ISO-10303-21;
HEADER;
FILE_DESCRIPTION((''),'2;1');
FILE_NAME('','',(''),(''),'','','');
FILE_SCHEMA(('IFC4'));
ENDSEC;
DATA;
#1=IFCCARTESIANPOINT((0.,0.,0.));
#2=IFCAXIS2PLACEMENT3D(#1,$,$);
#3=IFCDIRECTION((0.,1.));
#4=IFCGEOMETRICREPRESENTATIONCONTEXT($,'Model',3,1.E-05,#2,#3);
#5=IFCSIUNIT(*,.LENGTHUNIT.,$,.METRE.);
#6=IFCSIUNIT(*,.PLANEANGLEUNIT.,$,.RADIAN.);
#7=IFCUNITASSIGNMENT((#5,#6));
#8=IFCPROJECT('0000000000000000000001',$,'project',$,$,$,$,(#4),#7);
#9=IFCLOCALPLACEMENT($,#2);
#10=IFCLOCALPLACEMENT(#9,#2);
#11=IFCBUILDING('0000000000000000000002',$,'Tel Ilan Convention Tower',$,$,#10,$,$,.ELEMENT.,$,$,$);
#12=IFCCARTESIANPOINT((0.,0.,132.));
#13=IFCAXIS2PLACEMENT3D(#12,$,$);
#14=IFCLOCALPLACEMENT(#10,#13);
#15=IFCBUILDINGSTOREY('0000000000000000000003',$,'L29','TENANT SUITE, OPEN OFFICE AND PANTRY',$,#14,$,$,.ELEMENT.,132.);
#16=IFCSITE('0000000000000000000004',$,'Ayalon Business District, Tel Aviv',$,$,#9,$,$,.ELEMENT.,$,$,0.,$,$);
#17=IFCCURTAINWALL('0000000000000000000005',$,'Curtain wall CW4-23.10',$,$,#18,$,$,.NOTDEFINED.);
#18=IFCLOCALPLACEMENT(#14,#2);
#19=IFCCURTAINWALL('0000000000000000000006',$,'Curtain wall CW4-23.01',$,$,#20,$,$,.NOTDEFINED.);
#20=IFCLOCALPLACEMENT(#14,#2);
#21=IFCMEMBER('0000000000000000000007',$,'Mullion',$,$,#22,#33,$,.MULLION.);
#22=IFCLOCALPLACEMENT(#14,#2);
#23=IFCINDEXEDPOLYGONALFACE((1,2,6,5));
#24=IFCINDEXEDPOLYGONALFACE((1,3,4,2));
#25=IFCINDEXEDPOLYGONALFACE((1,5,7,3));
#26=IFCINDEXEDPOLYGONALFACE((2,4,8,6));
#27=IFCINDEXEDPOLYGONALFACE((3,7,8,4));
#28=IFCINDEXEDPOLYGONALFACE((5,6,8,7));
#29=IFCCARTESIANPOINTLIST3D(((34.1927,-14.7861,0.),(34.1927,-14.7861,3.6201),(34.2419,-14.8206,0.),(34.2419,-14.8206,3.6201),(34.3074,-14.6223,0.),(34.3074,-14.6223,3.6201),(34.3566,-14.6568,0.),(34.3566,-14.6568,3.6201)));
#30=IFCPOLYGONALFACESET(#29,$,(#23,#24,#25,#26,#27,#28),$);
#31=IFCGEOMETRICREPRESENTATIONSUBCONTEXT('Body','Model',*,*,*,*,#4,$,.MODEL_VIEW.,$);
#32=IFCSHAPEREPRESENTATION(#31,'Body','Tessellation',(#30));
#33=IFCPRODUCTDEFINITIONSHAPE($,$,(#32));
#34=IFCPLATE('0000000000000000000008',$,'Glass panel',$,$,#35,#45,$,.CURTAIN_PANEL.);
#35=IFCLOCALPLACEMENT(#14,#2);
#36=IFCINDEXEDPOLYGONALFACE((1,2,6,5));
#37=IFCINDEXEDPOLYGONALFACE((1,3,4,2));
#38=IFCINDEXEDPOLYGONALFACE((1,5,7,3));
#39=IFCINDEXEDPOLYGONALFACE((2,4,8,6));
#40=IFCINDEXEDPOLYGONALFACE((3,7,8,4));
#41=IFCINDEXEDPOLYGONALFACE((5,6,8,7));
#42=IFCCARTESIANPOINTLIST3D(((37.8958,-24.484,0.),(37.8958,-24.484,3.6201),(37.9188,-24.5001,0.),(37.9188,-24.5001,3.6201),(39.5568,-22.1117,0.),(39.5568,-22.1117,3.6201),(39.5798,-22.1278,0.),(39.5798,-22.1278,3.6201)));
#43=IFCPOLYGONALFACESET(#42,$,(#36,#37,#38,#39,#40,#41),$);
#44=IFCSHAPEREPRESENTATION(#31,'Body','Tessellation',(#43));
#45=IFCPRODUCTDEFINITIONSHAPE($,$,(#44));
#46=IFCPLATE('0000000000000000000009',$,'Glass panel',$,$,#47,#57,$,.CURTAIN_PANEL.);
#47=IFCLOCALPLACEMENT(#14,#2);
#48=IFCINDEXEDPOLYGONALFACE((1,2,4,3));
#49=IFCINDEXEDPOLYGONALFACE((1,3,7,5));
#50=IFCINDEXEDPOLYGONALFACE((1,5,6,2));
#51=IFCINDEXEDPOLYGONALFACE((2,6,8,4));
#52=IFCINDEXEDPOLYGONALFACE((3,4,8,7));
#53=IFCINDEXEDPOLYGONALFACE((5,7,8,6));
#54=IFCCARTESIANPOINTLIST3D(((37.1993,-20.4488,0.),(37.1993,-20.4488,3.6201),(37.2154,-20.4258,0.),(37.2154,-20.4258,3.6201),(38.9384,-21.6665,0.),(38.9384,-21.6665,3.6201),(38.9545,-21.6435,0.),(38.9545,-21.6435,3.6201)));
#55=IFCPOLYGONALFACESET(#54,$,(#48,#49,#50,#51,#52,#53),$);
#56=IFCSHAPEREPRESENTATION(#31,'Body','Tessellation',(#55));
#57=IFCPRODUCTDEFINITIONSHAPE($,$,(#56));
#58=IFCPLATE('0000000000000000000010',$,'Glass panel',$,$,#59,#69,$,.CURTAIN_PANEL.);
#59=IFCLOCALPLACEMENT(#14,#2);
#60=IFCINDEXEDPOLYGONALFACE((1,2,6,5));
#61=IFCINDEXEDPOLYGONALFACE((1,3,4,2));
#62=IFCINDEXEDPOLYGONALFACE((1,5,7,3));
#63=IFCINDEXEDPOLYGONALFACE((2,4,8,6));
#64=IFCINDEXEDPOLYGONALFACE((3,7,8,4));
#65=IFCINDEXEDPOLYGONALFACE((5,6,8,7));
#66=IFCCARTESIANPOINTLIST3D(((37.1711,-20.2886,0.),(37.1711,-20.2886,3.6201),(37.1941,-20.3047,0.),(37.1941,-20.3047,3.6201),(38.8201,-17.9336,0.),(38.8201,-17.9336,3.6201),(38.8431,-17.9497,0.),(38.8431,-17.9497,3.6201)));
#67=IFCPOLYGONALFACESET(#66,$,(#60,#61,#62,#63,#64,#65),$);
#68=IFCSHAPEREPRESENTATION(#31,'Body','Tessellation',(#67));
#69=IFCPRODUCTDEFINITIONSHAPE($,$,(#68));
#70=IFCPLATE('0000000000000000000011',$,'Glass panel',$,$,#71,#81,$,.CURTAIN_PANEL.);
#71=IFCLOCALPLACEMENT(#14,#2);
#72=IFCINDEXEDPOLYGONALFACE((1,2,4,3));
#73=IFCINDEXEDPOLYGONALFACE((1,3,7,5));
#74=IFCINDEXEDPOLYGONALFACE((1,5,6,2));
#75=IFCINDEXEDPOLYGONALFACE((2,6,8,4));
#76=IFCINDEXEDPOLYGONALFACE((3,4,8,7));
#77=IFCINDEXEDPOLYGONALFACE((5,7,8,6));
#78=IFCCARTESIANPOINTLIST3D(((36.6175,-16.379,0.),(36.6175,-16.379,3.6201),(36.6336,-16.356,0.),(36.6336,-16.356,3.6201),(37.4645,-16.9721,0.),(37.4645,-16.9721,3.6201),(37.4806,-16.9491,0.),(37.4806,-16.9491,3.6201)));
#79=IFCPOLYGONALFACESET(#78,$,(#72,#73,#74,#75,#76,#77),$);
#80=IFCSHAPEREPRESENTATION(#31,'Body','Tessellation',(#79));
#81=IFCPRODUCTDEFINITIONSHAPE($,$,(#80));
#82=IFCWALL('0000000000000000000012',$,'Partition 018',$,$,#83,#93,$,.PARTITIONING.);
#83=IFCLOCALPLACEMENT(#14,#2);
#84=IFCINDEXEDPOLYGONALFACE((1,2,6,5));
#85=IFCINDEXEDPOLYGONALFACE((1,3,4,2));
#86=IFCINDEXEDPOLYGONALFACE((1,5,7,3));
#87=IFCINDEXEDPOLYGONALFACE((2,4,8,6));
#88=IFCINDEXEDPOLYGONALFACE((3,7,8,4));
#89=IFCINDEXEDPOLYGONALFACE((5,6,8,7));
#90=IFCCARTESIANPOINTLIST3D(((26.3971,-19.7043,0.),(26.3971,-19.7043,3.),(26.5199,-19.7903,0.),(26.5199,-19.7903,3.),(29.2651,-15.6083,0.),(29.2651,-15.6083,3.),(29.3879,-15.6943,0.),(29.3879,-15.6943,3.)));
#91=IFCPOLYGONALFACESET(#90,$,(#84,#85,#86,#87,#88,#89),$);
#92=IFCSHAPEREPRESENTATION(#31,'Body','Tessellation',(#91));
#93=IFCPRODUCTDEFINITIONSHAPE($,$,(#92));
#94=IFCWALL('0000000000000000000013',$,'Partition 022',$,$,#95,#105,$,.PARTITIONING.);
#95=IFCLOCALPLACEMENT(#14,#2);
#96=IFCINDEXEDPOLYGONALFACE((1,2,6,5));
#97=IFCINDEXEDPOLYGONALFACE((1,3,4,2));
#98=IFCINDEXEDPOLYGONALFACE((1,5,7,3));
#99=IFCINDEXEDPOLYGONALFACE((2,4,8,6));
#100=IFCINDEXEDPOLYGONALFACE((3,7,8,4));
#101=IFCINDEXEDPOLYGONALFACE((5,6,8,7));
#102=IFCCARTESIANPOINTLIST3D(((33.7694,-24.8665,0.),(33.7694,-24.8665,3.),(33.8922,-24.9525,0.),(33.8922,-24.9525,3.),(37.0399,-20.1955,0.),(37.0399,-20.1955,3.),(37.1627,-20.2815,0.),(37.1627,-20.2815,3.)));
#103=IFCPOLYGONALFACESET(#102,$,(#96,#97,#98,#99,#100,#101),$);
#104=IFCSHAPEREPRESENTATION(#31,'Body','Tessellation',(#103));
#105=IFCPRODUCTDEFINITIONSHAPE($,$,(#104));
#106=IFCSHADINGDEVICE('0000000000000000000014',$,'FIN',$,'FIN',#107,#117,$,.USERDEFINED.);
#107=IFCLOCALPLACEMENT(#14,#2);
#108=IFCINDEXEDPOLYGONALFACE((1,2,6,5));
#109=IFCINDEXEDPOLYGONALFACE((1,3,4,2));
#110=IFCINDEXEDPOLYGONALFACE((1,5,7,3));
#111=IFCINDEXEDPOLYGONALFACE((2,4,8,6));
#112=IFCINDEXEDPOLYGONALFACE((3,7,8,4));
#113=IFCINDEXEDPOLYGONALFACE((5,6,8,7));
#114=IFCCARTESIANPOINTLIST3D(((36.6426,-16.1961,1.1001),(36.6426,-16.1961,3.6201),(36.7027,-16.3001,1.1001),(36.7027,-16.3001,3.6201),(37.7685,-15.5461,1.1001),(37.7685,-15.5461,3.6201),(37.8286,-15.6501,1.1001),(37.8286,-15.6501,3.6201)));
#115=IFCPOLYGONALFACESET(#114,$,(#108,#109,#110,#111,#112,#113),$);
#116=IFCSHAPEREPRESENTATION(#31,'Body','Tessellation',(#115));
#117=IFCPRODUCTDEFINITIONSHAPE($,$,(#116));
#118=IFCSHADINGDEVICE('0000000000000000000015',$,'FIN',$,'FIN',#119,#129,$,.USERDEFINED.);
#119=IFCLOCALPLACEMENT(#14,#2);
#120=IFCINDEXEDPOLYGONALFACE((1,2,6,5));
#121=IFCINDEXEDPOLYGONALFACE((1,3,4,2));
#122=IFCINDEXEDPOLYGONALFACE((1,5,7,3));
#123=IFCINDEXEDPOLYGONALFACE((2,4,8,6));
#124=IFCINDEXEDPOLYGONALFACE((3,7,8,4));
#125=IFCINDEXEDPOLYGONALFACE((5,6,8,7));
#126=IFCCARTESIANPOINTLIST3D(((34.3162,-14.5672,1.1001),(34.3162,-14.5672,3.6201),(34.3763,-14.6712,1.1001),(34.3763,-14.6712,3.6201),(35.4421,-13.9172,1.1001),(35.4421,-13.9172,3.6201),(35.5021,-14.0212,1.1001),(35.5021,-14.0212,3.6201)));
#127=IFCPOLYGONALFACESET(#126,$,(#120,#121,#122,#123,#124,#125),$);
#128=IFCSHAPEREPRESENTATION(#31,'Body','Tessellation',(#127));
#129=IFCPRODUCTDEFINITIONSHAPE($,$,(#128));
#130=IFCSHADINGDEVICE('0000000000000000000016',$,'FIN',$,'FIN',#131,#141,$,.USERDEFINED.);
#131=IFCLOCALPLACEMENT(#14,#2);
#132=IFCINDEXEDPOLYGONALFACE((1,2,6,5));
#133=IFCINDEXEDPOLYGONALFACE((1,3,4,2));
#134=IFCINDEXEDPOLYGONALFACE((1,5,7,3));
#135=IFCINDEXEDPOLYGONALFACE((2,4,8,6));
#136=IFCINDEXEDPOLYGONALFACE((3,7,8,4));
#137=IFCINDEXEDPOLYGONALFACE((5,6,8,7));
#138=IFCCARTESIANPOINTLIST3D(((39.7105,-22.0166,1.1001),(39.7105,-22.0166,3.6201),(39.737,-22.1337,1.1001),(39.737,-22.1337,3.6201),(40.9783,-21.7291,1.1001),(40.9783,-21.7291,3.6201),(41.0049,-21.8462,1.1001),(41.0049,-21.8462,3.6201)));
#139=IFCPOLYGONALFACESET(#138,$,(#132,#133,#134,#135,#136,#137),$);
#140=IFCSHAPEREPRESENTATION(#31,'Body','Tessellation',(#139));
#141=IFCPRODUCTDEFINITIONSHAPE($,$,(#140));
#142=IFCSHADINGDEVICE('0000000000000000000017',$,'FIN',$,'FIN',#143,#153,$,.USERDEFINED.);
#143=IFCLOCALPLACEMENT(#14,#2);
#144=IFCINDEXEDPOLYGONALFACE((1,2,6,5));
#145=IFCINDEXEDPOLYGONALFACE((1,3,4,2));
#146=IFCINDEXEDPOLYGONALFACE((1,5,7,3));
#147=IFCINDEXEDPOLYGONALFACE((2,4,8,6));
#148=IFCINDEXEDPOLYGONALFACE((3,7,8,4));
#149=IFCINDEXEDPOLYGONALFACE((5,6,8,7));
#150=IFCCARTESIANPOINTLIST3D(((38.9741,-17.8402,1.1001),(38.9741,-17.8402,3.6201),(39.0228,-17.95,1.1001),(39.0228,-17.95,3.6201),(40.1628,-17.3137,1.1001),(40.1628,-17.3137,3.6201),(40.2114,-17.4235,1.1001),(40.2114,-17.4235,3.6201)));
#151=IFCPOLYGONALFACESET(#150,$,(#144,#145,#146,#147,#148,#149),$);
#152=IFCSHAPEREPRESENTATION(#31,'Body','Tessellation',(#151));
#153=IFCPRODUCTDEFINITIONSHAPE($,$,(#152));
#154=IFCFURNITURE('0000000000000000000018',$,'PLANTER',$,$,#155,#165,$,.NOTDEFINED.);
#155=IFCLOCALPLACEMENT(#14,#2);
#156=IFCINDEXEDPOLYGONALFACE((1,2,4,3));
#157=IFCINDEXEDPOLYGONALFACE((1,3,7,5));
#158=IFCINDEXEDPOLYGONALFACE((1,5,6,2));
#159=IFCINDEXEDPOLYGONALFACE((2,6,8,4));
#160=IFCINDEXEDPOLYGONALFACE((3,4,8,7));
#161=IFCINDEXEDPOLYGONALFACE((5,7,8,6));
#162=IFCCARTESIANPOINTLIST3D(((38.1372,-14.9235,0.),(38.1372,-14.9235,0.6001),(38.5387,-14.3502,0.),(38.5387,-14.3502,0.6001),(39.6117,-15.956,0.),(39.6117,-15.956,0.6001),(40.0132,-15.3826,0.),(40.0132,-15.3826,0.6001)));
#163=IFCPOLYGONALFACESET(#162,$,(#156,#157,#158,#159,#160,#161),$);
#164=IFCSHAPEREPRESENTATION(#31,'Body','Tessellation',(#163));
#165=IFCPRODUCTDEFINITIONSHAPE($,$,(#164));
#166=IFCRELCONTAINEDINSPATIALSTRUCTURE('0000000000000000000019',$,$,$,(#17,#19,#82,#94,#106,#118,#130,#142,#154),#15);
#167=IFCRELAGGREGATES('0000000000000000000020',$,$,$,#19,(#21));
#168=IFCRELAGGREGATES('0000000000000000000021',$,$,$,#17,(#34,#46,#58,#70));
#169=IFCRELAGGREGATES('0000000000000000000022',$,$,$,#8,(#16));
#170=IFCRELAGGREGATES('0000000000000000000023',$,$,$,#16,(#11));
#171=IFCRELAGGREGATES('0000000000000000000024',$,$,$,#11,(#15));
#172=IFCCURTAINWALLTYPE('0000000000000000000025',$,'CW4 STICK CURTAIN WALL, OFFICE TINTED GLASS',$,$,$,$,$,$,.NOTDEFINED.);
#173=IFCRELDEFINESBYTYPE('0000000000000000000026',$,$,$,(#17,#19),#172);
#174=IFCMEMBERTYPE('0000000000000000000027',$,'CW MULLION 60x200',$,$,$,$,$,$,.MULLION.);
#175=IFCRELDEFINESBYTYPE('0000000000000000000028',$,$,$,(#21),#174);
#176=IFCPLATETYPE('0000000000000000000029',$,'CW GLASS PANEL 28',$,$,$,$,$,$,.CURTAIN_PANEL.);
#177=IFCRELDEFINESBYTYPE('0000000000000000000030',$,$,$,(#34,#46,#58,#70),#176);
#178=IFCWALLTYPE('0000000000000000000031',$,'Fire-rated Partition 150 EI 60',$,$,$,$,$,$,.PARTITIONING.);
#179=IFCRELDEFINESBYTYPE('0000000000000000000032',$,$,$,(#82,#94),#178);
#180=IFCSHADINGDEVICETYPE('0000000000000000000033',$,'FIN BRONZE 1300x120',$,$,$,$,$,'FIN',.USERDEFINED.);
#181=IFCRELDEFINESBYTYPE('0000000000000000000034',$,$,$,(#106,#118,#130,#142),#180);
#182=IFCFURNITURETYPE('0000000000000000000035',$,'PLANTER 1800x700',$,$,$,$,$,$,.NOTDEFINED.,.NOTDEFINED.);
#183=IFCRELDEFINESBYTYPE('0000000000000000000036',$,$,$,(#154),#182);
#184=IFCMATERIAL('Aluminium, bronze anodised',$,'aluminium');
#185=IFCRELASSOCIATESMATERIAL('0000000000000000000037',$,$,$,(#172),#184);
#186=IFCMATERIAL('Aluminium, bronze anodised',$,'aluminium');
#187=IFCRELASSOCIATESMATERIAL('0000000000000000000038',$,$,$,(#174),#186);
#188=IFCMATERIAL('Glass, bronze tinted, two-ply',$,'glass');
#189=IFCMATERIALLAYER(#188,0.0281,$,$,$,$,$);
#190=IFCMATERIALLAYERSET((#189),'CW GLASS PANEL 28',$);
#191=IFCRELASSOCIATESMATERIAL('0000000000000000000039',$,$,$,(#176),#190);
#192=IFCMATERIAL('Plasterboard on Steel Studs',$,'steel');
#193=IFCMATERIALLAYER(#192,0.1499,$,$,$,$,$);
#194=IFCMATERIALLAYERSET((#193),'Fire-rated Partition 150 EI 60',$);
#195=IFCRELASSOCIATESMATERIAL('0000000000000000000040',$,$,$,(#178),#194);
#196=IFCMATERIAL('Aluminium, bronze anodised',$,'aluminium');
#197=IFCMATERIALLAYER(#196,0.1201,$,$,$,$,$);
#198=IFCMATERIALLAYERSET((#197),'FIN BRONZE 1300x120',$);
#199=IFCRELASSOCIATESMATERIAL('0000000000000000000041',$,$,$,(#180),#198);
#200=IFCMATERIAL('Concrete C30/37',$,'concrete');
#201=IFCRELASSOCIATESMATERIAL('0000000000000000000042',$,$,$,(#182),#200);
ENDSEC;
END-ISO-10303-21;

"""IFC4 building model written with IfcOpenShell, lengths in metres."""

from ifc_helpers import new_model, si_unit, direction, frame, frame_2d, origin, origin_2d, place, context, subcontext, project, spatial, rectangle, extrude, material, layer, layer_set, material_profile, profile_set, type_object, element, aggregate, save


model = new_model("IFC4")

# Units and contexts
model_context = context("Model", 3, precision=1e-05, world=origin(), true_north=direction((0.0, 1.0)))
body_context = subcontext(model_context, "Body", "Model", "MODEL_VIEW")
ifc_project = project(units=[si_unit("LENGTHUNIT", "METRE"), si_unit("PLANEANGLEUNIT", "RADIAN")], contexts=[model_context])

# Site, building, storey
site_placement = place(None, origin())
site = spatial("IfcSite", under=ifc_project, at=site_placement, Name="Ayalon Business District, Tel Aviv", CompositionType="ELEMENT", RefElevation=0.0)
building_placement = place(site_placement, origin())
building = spatial("IfcBuilding", under=site, at=building_placement, Name="Tel Ilan Convention Tower", CompositionType="ELEMENT")
storey_placement = place(building_placement, frame((0.0, 0.0, 132.0)))
storey = spatial("IfcBuildingStorey", under=building, at=storey_placement, Name="L29", Description="TENANT SUITE, OPEN OFFICE AND PANTRY", CompositionType="ELEMENT", Elevation=132.0)

# Curtain walls, member
ifc_material_1 = material(Name="Aluminium, bronze anodised", Category="aluminium")
curtain_wall_type = type_object("IfcCurtainWallType", Name="CW4 STICK CURTAIN WALL, OFFICE TINTED GLASS", PredefinedType="NOTDEFINED", material=ifc_material_1)
curtain_wall_1_placement = place(storey_placement, origin())
curtain_wall_1 = element("IfcCurtainWall", 1, at=curtain_wall_1_placement, inside=storey, type_object=curtain_wall_type, Name="Curtain wall CW4-23.10", PredefinedType="NOTDEFINED")
curtain_wall_2_placement = place(storey_placement, origin())
curtain_wall_2 = element("IfcCurtainWall", 2, at=curtain_wall_2_placement, inside=storey, type_object=curtain_wall_type, Name="Curtain wall CW4-23.01", PredefinedType="NOTDEFINED")
ifc_material_2 = material(Name="Aluminium, bronze anodised", Category="aluminium")
ifc_material_profile_1 = material_profile(ifc_material_2, rectangle(XDim=0.0601, YDim=0.2, at=origin_2d()), Name="CW MULLION 60x200")
ifc_profile_set_1 = profile_set([ifc_material_profile_1], Name="Aluminium, bronze anodised")
member_type_1 = type_object("IfcMemberType", Name="CW MULLION 60x200", PredefinedType="MULLION", material=ifc_profile_set_1)
member_1_placement = place(storey_placement, frame((34.2747, -14.7214, 0.0), z_axis=(0.0, 0.0, 1.0), x_axis=(-0.819152, 0.573576, 0.0)))
member_1 = element("IfcMember", 3, at=member_1_placement, type_object=member_type_1, Name="Mullion", PredefinedType="MULLION", context=body_context, shape_type="SweptSolid", body=[
    extrude(rectangle(XDim=0.0601, YDim=0.2, at=origin_2d()), origin(), (0.0, 0.0, 1.0), 3.6201),
])
aggregate(curtain_wall_2, [member_1])

# Plates
ifc_material_3 = material(Name="Glass, bronze tinted, two-ply", Category="glass")
ifc_layer_1 = layer(ifc_material_3, 0.0281)
ifc_layer_set_1 = layer_set([ifc_layer_1], Name="CW GLASS PANEL 28")
plate_type = type_object("IfcPlateType", Name="CW GLASS PANEL 28", PredefinedType="CURTAIN_PANEL", material=ifc_layer_set_1)
plate_1_placement = place(storey_placement, frame((38.7378, -23.3059, 0.0), z_axis=(0.0, 0.0, 1.0), x_axis=(0.573576, 0.819152, 0.0)))
plate_1 = element("IfcPlate", 4, at=plate_1_placement, type_object=plate_type, Name="Glass panel", PredefinedType="CURTAIN_PANEL", context=body_context, shape_type="SweptSolid", body=[
    extrude(rectangle(XDim=2.896, YDim=0.0281, at=origin_2d()), origin(), (0.0, 0.0, 1.0), 3.6201),
])
plate_2_placement = place(storey_placement, frame((38.0769, -21.0461, 0.0), z_axis=(0.0, 0.0, 1.0), x_axis=(-0.819152, 0.573576, 0.0)))
plate_2 = element("IfcPlate", 5, at=plate_2_placement, type_object=plate_type, Name="Glass panel", PredefinedType="CURTAIN_PANEL", context=body_context, shape_type="SweptSolid", body=[
    extrude(rectangle(XDim=2.123, YDim=0.0281, at=origin_2d()), origin(), (0.0, 0.0, 1.0), 3.6201),
])
plate_3_placement = place(storey_placement, frame((38.0071, -19.1191, 0.0), z_axis=(0.0, 0.0, 1.0), x_axis=(0.573576, 0.819152, 0.0)))
plate_3 = element("IfcPlate", 6, at=plate_3_placement, type_object=plate_type, Name="Glass panel", PredefinedType="CURTAIN_PANEL", context=body_context, shape_type="SweptSolid", body=[
    extrude(rectangle(XDim=2.875, YDim=0.0281, at=origin_2d()), origin(), (0.0, 0.0, 1.0), 3.6201),
])
plate_4_placement = place(storey_placement, frame((37.0491, -16.6641, 0.0), z_axis=(0.0, 0.0, 1.0), x_axis=(-0.819152, 0.573576, 0.0)))
plate_4 = element("IfcPlate", 7, at=plate_4_placement, type_object=plate_type, Name="Glass panel", PredefinedType="CURTAIN_PANEL", context=body_context, shape_type="SweptSolid", body=[
    extrude(rectangle(XDim=1.0339, YDim=0.0281, at=origin_2d()), origin(), (0.0, 0.0, 1.0), 3.6201),
])
aggregate(curtain_wall_1, [plate_1, plate_2, plate_3, plate_4])

# Walls
ifc_material_4 = material(Name="Plasterboard on Steel Studs", Category="steel")
ifc_layer_2 = layer(ifc_material_4, 0.1499)
ifc_layer_set_2 = layer_set([ifc_layer_2], Name="Fire-rated Partition 150 EI 60")
wall_type_1 = type_object("IfcWallType", Name="Fire-rated Partition 150 EI 60", PredefinedType="PARTITIONING", material=ifc_layer_set_2)
wall_1_placement = place(storey_placement, frame((29.3264, -15.6514, 0.0), z_axis=(0.0, 0.0, 1.0), x_axis=(-0.573564, -0.819161, 0.0)))
element("IfcWall", 8, at=wall_1_placement, inside=storey, type_object=wall_type_1, Name="Partition 018", PredefinedType="PARTITIONING", context=body_context, shape_type="SweptSolid", body=[
    extrude(rectangle(XDim=5.0002, YDim=0.1499, at=frame_2d((2.5, 0.0))), origin(), (0.0, 0.0, 1.0), 3.0),
])
wall_2_placement = place(storey_placement, frame((37.1013, -20.2385, 0.0), z_axis=(0.0, 0.0, 1.0), x_axis=(-0.573566, -0.81916, 0.0)))
element("IfcWall", 9, at=wall_2_placement, inside=storey, type_object=wall_type_1, Name="Partition 022", PredefinedType="PARTITIONING", context=body_context, shape_type="SweptSolid", body=[
    extrude(rectangle(XDim=5.7021, YDim=0.1499, at=frame_2d((2.8511, 0.0))), origin(), (0.0, 0.0, 1.0), 3.0),
])

# Shading devices
ifc_material_5 = material(Name="Aluminium, bronze anodised", Category="aluminium")
ifc_layer_3 = layer(ifc_material_5, 0.1201)
ifc_layer_set_3 = layer_set([ifc_layer_3], Name="FIN BRONZE 1300x120")
shading_device_type = type_object("IfcShadingDeviceType", Name="FIN BRONZE 1300x120", ElementType="FIN", PredefinedType="USERDEFINED", material=ifc_layer_set_3)
for number, where, z_axis, x_axis, name in (
    (10, (37.2356, -15.9231, 1.1001), (0.0, 0.0, 1.0), (0.866025, 0.5, 0.0), "FIN"),
    (11, (34.9092, -14.2942, 1.1001), (0.0, 0.0, 1.0), (0.866025, 0.5, 0.0), "FIN"),
    (12, (40.3577, -21.9314, 1.1001), (0.0, 0.0, 1.0), (0.975235, 0.22117, 0.0), "FIN"),
    (13, (39.5928, -17.6318, 1.1001), (0.0, 0.0, 1.0), (0.914333, 0.404964, 0.0), "FIN"),
):
    element("IfcShadingDevice", number, at=place(storey_placement, frame(where, z_axis=z_axis, x_axis=x_axis)), inside=storey, type_object=shading_device_type, Name=name, ObjectType="FIN", PredefinedType="USERDEFINED", context=body_context, shape_type="SweptSolid", body=[
        extrude(rectangle(XDim=1.3, YDim=0.1201, at=origin_2d()), origin(), (0.0, 0.0, 1.0), 2.52),
    ])

# Furniture
ifc_material_6 = material(Name="Concrete C30/37", Category="concrete")
furniture_type = type_object("IfcFurnitureType", Name="PLANTER 1800x700", AssemblyPlace="NOTDEFINED", PredefinedType="NOTDEFINED", material=ifc_material_6)
furniture_placement = place(storey_placement, frame((39.0752, -15.1531, 0.0), z_axis=(0.0, 0.0, 1.0), x_axis=(0.819152, -0.573576, 0.0)))
element("IfcFurniture", 14, at=furniture_placement, inside=storey, type_object=furniture_type, Name="PLANTER", PredefinedType="NOTDEFINED", context=body_context, shape_type="SweptSolid", body=[
    extrude(rectangle(XDim=1.8, YDim=0.7, at=origin_2d()), origin(), (0.0, 0.0, 1.0), 0.6001),
])

save(model, "model.ifc")
